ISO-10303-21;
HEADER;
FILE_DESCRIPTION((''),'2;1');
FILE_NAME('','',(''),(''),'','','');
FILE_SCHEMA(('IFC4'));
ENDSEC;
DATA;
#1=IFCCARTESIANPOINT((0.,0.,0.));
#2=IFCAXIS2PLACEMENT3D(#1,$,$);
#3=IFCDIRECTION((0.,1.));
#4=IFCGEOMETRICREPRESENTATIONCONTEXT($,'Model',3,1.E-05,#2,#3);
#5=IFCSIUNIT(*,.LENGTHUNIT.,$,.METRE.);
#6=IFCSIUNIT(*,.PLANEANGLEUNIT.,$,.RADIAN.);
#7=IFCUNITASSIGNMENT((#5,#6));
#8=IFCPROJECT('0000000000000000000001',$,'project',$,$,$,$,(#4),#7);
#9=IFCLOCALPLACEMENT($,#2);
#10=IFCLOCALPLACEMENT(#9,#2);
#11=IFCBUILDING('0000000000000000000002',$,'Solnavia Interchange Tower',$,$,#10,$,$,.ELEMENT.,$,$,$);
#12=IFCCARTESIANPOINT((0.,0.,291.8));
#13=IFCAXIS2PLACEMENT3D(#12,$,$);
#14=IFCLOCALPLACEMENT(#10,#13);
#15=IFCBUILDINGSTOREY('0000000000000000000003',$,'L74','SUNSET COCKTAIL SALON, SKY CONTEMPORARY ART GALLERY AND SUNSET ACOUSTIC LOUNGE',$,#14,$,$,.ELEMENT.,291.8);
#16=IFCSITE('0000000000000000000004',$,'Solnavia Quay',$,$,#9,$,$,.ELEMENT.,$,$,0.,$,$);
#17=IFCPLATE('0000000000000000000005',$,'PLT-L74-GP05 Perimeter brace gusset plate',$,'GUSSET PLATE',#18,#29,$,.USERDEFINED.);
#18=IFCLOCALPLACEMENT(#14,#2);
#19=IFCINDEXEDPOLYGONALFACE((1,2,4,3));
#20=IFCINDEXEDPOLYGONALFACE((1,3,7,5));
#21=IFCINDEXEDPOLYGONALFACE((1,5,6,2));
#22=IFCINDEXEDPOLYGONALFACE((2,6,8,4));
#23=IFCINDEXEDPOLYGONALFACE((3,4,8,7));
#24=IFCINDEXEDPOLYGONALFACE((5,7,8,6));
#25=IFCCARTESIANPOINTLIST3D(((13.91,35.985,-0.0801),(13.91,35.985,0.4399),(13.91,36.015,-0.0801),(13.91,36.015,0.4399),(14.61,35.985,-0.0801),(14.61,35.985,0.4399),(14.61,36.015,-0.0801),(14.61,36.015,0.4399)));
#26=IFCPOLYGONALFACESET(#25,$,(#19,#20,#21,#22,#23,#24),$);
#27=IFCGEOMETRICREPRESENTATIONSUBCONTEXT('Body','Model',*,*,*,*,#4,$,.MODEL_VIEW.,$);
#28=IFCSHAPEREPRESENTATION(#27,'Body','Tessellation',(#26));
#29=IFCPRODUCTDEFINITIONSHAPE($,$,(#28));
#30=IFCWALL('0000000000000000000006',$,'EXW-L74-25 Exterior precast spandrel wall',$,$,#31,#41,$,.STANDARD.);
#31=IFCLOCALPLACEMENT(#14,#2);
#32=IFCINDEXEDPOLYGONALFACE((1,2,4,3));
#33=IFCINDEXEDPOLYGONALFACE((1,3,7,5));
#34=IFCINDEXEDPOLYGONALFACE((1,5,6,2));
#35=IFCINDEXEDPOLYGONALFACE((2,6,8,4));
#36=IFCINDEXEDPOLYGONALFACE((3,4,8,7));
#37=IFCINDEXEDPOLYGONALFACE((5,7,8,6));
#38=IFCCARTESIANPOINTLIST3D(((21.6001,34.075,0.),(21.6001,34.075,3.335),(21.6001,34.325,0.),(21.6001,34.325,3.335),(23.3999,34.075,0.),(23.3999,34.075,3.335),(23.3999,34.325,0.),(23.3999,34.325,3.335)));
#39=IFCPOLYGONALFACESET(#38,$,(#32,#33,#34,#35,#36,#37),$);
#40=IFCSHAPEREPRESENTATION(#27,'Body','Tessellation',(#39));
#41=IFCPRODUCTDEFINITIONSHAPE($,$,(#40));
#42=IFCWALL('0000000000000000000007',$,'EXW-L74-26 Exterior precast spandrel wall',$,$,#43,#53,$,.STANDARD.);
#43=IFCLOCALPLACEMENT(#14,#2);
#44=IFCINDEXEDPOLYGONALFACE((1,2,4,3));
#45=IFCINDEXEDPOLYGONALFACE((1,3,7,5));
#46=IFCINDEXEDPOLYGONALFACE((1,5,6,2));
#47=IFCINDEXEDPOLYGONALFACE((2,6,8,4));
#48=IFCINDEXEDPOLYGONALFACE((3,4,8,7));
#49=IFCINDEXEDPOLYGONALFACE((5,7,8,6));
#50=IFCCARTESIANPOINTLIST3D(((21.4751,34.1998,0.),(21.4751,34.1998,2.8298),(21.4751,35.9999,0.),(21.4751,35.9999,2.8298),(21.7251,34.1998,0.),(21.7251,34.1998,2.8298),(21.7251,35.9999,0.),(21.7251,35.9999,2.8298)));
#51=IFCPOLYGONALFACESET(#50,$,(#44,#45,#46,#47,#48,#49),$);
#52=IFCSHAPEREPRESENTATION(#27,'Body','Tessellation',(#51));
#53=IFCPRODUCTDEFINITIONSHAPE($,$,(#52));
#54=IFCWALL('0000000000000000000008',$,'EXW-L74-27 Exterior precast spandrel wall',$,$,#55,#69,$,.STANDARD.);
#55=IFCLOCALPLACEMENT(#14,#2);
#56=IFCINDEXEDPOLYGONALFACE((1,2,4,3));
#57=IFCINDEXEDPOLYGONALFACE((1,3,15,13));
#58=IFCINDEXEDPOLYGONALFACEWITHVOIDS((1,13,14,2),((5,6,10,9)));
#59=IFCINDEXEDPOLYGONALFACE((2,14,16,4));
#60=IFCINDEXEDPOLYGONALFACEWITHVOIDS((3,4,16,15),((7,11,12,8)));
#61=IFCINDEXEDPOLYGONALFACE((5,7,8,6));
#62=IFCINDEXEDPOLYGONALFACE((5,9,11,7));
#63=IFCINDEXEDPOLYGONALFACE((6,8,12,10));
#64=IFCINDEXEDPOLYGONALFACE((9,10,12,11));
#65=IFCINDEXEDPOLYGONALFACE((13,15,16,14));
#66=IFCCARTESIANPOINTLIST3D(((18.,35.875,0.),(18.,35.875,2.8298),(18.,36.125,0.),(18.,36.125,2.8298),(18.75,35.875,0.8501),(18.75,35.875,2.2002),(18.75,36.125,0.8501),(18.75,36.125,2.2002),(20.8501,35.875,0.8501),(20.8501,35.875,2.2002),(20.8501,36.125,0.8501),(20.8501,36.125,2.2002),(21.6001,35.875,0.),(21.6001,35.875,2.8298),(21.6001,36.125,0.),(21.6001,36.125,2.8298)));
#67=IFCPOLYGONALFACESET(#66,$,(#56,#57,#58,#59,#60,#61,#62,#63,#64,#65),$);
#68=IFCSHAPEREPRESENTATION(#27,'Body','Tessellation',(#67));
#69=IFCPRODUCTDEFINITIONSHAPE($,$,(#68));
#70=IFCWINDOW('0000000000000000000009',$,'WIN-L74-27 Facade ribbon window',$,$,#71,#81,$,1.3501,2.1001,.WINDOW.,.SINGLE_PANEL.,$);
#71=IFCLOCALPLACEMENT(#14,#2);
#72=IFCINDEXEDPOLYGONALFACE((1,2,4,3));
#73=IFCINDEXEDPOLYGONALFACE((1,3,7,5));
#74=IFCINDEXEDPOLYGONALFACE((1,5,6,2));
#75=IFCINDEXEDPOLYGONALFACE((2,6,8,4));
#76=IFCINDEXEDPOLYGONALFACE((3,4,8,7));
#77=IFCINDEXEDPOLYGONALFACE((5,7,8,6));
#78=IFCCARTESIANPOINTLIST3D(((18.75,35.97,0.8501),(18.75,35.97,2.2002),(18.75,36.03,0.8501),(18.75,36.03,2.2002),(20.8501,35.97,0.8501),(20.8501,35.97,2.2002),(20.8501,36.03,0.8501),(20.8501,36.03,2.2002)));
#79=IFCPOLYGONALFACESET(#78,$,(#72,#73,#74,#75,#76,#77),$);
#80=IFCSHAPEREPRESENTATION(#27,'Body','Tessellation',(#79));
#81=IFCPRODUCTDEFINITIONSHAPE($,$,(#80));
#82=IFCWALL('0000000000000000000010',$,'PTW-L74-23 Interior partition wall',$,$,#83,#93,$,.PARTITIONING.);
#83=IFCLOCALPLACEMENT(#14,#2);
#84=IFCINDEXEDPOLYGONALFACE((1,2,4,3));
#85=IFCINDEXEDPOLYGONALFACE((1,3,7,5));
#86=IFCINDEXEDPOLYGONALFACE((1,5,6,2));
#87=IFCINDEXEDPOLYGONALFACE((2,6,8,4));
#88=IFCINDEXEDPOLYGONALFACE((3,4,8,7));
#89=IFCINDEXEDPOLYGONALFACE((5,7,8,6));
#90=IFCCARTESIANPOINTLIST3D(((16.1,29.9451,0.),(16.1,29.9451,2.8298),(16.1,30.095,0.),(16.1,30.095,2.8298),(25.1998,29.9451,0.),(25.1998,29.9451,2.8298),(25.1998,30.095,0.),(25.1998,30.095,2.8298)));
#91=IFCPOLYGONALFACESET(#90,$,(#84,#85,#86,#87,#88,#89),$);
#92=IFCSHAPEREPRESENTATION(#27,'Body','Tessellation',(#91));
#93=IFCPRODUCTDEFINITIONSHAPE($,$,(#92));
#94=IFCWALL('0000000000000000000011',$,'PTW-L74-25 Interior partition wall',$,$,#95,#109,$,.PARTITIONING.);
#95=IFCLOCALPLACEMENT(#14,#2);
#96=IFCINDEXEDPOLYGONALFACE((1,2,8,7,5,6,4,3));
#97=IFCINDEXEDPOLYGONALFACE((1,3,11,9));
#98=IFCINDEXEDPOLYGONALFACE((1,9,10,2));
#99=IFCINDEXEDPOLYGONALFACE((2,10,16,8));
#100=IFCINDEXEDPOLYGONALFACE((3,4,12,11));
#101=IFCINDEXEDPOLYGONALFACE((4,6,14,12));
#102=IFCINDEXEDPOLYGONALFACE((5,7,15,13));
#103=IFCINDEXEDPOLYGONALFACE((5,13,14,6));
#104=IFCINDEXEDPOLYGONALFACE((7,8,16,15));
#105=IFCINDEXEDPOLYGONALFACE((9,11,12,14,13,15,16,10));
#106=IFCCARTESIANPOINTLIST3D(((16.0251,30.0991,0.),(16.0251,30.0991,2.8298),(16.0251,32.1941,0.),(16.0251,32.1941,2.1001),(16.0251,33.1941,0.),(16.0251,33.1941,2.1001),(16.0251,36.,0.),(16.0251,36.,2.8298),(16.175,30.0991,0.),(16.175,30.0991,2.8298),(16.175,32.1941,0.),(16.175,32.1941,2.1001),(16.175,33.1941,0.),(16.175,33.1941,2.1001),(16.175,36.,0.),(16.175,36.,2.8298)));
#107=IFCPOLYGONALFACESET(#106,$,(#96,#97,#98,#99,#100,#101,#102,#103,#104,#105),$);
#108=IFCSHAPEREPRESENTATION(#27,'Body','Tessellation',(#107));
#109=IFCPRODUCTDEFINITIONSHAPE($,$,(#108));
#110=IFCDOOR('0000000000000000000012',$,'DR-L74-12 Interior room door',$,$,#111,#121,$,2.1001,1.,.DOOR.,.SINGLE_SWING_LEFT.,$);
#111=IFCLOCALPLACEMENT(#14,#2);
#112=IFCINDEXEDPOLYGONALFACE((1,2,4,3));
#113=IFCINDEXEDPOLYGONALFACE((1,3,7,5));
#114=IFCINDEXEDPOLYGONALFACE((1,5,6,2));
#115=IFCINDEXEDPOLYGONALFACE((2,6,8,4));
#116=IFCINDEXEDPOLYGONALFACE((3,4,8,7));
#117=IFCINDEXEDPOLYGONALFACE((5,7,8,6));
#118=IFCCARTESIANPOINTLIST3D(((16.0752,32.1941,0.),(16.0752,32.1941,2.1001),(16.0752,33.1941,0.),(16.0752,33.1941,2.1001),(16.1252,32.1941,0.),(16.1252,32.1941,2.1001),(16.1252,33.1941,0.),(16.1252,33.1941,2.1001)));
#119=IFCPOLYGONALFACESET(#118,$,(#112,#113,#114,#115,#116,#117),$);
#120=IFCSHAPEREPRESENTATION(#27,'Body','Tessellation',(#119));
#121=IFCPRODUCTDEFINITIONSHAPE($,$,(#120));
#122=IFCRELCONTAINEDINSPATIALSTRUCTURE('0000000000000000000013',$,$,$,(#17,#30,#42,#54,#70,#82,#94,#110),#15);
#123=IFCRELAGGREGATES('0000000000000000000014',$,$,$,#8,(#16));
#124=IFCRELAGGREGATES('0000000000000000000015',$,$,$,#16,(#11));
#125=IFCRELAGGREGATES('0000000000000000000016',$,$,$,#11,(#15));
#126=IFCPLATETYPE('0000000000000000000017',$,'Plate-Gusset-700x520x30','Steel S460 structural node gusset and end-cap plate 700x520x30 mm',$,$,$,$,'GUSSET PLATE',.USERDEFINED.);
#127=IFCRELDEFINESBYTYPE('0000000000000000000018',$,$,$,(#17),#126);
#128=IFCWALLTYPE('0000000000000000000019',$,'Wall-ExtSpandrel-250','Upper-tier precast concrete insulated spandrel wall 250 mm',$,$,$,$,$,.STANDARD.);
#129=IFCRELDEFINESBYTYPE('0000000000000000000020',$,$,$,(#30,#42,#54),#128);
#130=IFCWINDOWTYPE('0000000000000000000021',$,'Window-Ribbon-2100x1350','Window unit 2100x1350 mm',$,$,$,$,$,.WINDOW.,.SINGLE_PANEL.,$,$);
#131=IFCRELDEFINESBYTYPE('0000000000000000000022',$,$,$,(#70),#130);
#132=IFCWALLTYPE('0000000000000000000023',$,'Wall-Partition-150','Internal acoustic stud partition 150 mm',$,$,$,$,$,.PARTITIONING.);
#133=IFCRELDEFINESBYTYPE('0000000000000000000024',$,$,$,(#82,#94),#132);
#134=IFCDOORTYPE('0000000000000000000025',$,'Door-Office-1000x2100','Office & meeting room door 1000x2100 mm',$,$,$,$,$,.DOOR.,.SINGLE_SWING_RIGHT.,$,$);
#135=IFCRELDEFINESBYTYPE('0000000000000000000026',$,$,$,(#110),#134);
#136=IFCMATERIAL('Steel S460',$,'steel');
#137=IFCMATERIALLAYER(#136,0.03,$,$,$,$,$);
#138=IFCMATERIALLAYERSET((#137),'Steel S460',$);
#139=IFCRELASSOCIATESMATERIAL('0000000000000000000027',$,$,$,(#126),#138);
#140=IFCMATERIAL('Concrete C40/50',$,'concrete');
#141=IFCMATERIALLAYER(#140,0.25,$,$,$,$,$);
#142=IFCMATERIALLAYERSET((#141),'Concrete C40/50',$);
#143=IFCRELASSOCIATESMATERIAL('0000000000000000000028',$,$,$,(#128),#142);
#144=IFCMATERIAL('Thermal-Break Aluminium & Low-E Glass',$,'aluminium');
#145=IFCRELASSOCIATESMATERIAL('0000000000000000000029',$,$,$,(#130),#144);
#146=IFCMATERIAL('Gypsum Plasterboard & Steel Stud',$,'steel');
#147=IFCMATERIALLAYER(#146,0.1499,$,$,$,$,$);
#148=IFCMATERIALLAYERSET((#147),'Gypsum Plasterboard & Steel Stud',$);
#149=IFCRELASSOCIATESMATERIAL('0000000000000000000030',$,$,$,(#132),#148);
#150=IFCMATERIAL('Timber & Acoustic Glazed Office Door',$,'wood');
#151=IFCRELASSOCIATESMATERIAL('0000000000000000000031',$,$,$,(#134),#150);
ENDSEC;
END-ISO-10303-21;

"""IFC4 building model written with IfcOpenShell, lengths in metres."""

from ifc_helpers import new_model, si_unit, direction, frame, frame_2d, origin, origin_2d, place, context, subcontext, project, spatial, rectangle, extrude, material, layer, layer_set, type_object, element, fill, save


model = new_model("IFC4")

# Units and contexts
model_context = context("Model", 3, precision=1e-05, world=origin(), true_north=direction((0.0, 1.0)))
body_context = subcontext(model_context, "Body", "Model", "MODEL_VIEW")
ifc_project = project(units=[si_unit("LENGTHUNIT", "METRE"), si_unit("PLANEANGLEUNIT", "RADIAN")], contexts=[model_context])

# Site, building, storey
site_placement = place(None, origin())
site = spatial("IfcSite", under=ifc_project, at=site_placement, Name="Solnavia Quay", CompositionType="ELEMENT", RefElevation=0.0)
building_placement = place(site_placement, origin())
building = spatial("IfcBuilding", under=site, at=building_placement, Name="Solnavia Interchange Tower", CompositionType="ELEMENT")
storey_placement = place(building_placement, frame((0.0, 0.0, 291.8)))
storey = spatial("IfcBuildingStorey", under=building, at=storey_placement, Name="L74", Description="SUNSET COCKTAIL SALON, SKY CONTEMPORARY ART GALLERY AND SUNSET ACOUSTIC LOUNGE", CompositionType="ELEMENT", Elevation=291.8)

# Plate
ifc_material_1 = material(Name="Steel S460", Category="steel")
ifc_layer_1 = layer(ifc_material_1, 0.03)
ifc_layer_set_1 = layer_set([ifc_layer_1], Name="Steel S460")
plate_type_1 = type_object("IfcPlateType", Name="Plate-Gusset-700x520x30", Description="Steel S460 structural node gusset and end-cap plate 700x520x30 mm", ElementType="GUSSET PLATE", PredefinedType="USERDEFINED", material=ifc_layer_set_1)
plate_1_placement = place(storey_placement, frame((14.26, 36.0, -0.0801), z_axis=(0.0, 0.0, 1.0), x_axis=(-1.0, 0.0, 0.0)))
element("IfcPlate", 1, at=plate_1_placement, inside=storey, type_object=plate_type_1, Name="PLT-L74-GP05 Perimeter brace gusset plate", ObjectType="GUSSET PLATE", PredefinedType="USERDEFINED", context=body_context, shape_type="SweptSolid", body=[
    extrude(rectangle(XDim=0.7, YDim=0.03, at=origin_2d()), origin(), (0.0, 0.0, 1.0), 0.52),
])

# Walls
ifc_material_2 = material(Name="Concrete C40/50", Category="concrete")
ifc_layer_2 = layer(ifc_material_2, 0.25)
ifc_layer_set_2 = layer_set([ifc_layer_2], Name="Concrete C40/50")
wall_type_1 = type_object("IfcWallType", Name="Wall-ExtSpandrel-250", Description="Upper-tier precast concrete insulated spandrel wall 250 mm", PredefinedType="STANDARD", material=ifc_layer_set_2)
wall_1_placement = place(storey_placement, frame((21.6001, 34.2, 0.0), z_axis=(0.0, 0.0, 1.0), x_axis=(1.0, 0.0, 0.0)))
element("IfcWall", 2, at=wall_1_placement, inside=storey, type_object=wall_type_1, Name="EXW-L74-25 Exterior precast spandrel wall", PredefinedType="STANDARD", context=body_context, shape_type="SweptSolid", body=[
    extrude(rectangle(XDim=1.7998, YDim=0.25, at=frame_2d((0.8999, 0.0))), origin(), (0.0, 0.0, 1.0), 3.335),
])
wall_2_placement = place(storey_placement, frame((21.6001, 34.2, 0.0), z_axis=(0.0, 0.0, 1.0), x_axis=(0.0, 1.0, 0.0)))
element("IfcWall", 3, at=wall_2_placement, inside=storey, type_object=wall_type_1, Name="EXW-L74-26 Exterior precast spandrel wall", PredefinedType="STANDARD", context=body_context, shape_type="SweptSolid", body=[
    extrude(rectangle(XDim=1.8, YDim=0.25, at=frame_2d((0.8999, 0.0))), origin(), (0.0, 0.0, 1.0), 2.8298),
])

# Wall, opening, window
wall_3_placement = place(storey_placement, frame((18.0, 36.0, 0.0), z_axis=(0.0, 0.0, 1.0), x_axis=(1.0, 0.0, 0.0)))
wall_3 = element("IfcWall", 4, at=wall_3_placement, inside=storey, type_object=wall_type_1, Name="EXW-L74-27 Exterior precast spandrel wall", PredefinedType="STANDARD", context=body_context, shape_type="SweptSolid", body=[
    extrude(rectangle(XDim=3.6001, YDim=0.25, at=frame_2d((1.8, 0.0))), origin(), (0.0, 0.0, 1.0), 2.8298),
])
opening_1_placement = place(wall_3_placement, frame((0.75, 0.0, 0.8501)))
opening_1 = element("IfcOpeningElement", 5, at=opening_1_placement, cuts=wall_3, PredefinedType="OPENING", context=body_context, shape_type="SweptSolid", body=[
    extrude(rectangle(XDim=2.1001, YDim=1.3501, at=frame_2d((1.05, 0.675))), frame((0.0, 0.135, 0.0), z_axis=(0.0, -1.0, 0.0), x_axis=(1.0, 0.0, 0.0)), (0.0, 0.0, 1.0), 0.27),
])
ifc_material_3 = material(Name="Thermal-Break Aluminium & Low-E Glass", Category="aluminium")
window_type = type_object("IfcWindowType", Name="Window-Ribbon-2100x1350", Description="Window unit 2100x1350 mm", PartitioningType="SINGLE_PANEL", PredefinedType="WINDOW", material=ifc_material_3)
window_placement = place(opening_1_placement, origin())
window = element("IfcWindow", 6, at=window_placement, inside=storey, type_object=window_type, Name="WIN-L74-27 Facade ribbon window", OverallHeight=1.3501, OverallWidth=2.1001, PartitioningType="SINGLE_PANEL", PredefinedType="WINDOW", context=body_context, shape_type="SweptSolid", body=[
    extrude(rectangle(XDim=2.1001, YDim=1.3501, at=frame_2d((1.05, 0.675))), frame((0.0, 0.03, 0.0), z_axis=(0.0, -1.0, 0.0), x_axis=(1.0, 0.0, 0.0)), (0.0, 0.0, 1.0), 0.0601),
])
fill(opening_1, window)

# Wall
ifc_material_4 = material(Name="Gypsum Plasterboard & Steel Stud", Category="steel")
ifc_layer_3 = layer(ifc_material_4, 0.1499)
ifc_layer_set_3 = layer_set([ifc_layer_3], Name="Gypsum Plasterboard & Steel Stud")
wall_type_2 = type_object("IfcWallType", Name="Wall-Partition-150", Description="Internal acoustic stud partition 150 mm", PredefinedType="PARTITIONING", material=ifc_layer_set_3)
wall_4_placement = place(storey_placement, frame((16.1001, 30.02, 0.0), z_axis=(0.0, 0.0, 1.0), x_axis=(1.0, 0.0, 0.0)))
element("IfcWall", 7, at=wall_4_placement, inside=storey, type_object=wall_type_2, Name="PTW-L74-23 Interior partition wall", PredefinedType="PARTITIONING", context=body_context, shape_type="SweptSolid", body=[
    extrude(rectangle(XDim=9.0999, YDim=0.1499, at=frame_2d((4.5498, 0.0))), origin(), (0.0, 0.0, 1.0), 2.8298),
])

# Wall, opening, door
wall_5_placement = place(storey_placement, frame((16.1001, 30.0991, 0.0), z_axis=(0.0, 0.0, 1.0), x_axis=(0.0, 1.0, 0.0)))
wall_5 = element("IfcWall", 8, at=wall_5_placement, inside=storey, type_object=wall_type_2, Name="PTW-L74-25 Interior partition wall", PredefinedType="PARTITIONING", context=body_context, shape_type="SweptSolid", body=[
    extrude(rectangle(XDim=5.9009, YDim=0.1499, at=frame_2d((2.9504, 0.0))), origin(), (0.0, 0.0, 1.0), 2.8298),
])
opening_2_placement = place(wall_5_placement, frame((2.095, 0.0, 0.0)))
opening_2 = element("IfcOpeningElement", 9, at=opening_2_placement, cuts=wall_5, PredefinedType="OPENING", context=body_context, shape_type="SweptSolid", body=[
    extrude(rectangle(XDim=1.0, YDim=2.1001, at=frame_2d((0.5, 1.05))), frame((0.0, 0.085, 0.0), z_axis=(0.0, -1.0, 0.0), x_axis=(1.0, 0.0, 0.0)), (0.0, 0.0, 1.0), 0.1699),
])
ifc_material_5 = material(Name="Timber & Acoustic Glazed Office Door", Category="wood")
door_type = type_object("IfcDoorType", Name="Door-Office-1000x2100", Description="Office & meeting room door 1000x2100 mm", OperationType="SINGLE_SWING_RIGHT", PredefinedType="DOOR", material=ifc_material_5)
door_placement = place(opening_2_placement, origin())
door = element("IfcDoor", 10, at=door_placement, inside=storey, type_object=door_type, Name="DR-L74-12 Interior room door", OperationType="SINGLE_SWING_LEFT", OverallHeight=2.1001, OverallWidth=1.0, PredefinedType="DOOR", context=body_context, shape_type="SweptSolid", body=[
    extrude(rectangle(XDim=1.0, YDim=2.1001, at=frame_2d((0.5, 1.05))), frame((0.0, 0.0249, 0.0), z_axis=(0.0, -1.0, 0.0), x_axis=(1.0, 0.0, 0.0)), (0.0, 0.0, 1.0), 0.05),
])
fill(opening_2, door)

save(model, "model.ifc")
